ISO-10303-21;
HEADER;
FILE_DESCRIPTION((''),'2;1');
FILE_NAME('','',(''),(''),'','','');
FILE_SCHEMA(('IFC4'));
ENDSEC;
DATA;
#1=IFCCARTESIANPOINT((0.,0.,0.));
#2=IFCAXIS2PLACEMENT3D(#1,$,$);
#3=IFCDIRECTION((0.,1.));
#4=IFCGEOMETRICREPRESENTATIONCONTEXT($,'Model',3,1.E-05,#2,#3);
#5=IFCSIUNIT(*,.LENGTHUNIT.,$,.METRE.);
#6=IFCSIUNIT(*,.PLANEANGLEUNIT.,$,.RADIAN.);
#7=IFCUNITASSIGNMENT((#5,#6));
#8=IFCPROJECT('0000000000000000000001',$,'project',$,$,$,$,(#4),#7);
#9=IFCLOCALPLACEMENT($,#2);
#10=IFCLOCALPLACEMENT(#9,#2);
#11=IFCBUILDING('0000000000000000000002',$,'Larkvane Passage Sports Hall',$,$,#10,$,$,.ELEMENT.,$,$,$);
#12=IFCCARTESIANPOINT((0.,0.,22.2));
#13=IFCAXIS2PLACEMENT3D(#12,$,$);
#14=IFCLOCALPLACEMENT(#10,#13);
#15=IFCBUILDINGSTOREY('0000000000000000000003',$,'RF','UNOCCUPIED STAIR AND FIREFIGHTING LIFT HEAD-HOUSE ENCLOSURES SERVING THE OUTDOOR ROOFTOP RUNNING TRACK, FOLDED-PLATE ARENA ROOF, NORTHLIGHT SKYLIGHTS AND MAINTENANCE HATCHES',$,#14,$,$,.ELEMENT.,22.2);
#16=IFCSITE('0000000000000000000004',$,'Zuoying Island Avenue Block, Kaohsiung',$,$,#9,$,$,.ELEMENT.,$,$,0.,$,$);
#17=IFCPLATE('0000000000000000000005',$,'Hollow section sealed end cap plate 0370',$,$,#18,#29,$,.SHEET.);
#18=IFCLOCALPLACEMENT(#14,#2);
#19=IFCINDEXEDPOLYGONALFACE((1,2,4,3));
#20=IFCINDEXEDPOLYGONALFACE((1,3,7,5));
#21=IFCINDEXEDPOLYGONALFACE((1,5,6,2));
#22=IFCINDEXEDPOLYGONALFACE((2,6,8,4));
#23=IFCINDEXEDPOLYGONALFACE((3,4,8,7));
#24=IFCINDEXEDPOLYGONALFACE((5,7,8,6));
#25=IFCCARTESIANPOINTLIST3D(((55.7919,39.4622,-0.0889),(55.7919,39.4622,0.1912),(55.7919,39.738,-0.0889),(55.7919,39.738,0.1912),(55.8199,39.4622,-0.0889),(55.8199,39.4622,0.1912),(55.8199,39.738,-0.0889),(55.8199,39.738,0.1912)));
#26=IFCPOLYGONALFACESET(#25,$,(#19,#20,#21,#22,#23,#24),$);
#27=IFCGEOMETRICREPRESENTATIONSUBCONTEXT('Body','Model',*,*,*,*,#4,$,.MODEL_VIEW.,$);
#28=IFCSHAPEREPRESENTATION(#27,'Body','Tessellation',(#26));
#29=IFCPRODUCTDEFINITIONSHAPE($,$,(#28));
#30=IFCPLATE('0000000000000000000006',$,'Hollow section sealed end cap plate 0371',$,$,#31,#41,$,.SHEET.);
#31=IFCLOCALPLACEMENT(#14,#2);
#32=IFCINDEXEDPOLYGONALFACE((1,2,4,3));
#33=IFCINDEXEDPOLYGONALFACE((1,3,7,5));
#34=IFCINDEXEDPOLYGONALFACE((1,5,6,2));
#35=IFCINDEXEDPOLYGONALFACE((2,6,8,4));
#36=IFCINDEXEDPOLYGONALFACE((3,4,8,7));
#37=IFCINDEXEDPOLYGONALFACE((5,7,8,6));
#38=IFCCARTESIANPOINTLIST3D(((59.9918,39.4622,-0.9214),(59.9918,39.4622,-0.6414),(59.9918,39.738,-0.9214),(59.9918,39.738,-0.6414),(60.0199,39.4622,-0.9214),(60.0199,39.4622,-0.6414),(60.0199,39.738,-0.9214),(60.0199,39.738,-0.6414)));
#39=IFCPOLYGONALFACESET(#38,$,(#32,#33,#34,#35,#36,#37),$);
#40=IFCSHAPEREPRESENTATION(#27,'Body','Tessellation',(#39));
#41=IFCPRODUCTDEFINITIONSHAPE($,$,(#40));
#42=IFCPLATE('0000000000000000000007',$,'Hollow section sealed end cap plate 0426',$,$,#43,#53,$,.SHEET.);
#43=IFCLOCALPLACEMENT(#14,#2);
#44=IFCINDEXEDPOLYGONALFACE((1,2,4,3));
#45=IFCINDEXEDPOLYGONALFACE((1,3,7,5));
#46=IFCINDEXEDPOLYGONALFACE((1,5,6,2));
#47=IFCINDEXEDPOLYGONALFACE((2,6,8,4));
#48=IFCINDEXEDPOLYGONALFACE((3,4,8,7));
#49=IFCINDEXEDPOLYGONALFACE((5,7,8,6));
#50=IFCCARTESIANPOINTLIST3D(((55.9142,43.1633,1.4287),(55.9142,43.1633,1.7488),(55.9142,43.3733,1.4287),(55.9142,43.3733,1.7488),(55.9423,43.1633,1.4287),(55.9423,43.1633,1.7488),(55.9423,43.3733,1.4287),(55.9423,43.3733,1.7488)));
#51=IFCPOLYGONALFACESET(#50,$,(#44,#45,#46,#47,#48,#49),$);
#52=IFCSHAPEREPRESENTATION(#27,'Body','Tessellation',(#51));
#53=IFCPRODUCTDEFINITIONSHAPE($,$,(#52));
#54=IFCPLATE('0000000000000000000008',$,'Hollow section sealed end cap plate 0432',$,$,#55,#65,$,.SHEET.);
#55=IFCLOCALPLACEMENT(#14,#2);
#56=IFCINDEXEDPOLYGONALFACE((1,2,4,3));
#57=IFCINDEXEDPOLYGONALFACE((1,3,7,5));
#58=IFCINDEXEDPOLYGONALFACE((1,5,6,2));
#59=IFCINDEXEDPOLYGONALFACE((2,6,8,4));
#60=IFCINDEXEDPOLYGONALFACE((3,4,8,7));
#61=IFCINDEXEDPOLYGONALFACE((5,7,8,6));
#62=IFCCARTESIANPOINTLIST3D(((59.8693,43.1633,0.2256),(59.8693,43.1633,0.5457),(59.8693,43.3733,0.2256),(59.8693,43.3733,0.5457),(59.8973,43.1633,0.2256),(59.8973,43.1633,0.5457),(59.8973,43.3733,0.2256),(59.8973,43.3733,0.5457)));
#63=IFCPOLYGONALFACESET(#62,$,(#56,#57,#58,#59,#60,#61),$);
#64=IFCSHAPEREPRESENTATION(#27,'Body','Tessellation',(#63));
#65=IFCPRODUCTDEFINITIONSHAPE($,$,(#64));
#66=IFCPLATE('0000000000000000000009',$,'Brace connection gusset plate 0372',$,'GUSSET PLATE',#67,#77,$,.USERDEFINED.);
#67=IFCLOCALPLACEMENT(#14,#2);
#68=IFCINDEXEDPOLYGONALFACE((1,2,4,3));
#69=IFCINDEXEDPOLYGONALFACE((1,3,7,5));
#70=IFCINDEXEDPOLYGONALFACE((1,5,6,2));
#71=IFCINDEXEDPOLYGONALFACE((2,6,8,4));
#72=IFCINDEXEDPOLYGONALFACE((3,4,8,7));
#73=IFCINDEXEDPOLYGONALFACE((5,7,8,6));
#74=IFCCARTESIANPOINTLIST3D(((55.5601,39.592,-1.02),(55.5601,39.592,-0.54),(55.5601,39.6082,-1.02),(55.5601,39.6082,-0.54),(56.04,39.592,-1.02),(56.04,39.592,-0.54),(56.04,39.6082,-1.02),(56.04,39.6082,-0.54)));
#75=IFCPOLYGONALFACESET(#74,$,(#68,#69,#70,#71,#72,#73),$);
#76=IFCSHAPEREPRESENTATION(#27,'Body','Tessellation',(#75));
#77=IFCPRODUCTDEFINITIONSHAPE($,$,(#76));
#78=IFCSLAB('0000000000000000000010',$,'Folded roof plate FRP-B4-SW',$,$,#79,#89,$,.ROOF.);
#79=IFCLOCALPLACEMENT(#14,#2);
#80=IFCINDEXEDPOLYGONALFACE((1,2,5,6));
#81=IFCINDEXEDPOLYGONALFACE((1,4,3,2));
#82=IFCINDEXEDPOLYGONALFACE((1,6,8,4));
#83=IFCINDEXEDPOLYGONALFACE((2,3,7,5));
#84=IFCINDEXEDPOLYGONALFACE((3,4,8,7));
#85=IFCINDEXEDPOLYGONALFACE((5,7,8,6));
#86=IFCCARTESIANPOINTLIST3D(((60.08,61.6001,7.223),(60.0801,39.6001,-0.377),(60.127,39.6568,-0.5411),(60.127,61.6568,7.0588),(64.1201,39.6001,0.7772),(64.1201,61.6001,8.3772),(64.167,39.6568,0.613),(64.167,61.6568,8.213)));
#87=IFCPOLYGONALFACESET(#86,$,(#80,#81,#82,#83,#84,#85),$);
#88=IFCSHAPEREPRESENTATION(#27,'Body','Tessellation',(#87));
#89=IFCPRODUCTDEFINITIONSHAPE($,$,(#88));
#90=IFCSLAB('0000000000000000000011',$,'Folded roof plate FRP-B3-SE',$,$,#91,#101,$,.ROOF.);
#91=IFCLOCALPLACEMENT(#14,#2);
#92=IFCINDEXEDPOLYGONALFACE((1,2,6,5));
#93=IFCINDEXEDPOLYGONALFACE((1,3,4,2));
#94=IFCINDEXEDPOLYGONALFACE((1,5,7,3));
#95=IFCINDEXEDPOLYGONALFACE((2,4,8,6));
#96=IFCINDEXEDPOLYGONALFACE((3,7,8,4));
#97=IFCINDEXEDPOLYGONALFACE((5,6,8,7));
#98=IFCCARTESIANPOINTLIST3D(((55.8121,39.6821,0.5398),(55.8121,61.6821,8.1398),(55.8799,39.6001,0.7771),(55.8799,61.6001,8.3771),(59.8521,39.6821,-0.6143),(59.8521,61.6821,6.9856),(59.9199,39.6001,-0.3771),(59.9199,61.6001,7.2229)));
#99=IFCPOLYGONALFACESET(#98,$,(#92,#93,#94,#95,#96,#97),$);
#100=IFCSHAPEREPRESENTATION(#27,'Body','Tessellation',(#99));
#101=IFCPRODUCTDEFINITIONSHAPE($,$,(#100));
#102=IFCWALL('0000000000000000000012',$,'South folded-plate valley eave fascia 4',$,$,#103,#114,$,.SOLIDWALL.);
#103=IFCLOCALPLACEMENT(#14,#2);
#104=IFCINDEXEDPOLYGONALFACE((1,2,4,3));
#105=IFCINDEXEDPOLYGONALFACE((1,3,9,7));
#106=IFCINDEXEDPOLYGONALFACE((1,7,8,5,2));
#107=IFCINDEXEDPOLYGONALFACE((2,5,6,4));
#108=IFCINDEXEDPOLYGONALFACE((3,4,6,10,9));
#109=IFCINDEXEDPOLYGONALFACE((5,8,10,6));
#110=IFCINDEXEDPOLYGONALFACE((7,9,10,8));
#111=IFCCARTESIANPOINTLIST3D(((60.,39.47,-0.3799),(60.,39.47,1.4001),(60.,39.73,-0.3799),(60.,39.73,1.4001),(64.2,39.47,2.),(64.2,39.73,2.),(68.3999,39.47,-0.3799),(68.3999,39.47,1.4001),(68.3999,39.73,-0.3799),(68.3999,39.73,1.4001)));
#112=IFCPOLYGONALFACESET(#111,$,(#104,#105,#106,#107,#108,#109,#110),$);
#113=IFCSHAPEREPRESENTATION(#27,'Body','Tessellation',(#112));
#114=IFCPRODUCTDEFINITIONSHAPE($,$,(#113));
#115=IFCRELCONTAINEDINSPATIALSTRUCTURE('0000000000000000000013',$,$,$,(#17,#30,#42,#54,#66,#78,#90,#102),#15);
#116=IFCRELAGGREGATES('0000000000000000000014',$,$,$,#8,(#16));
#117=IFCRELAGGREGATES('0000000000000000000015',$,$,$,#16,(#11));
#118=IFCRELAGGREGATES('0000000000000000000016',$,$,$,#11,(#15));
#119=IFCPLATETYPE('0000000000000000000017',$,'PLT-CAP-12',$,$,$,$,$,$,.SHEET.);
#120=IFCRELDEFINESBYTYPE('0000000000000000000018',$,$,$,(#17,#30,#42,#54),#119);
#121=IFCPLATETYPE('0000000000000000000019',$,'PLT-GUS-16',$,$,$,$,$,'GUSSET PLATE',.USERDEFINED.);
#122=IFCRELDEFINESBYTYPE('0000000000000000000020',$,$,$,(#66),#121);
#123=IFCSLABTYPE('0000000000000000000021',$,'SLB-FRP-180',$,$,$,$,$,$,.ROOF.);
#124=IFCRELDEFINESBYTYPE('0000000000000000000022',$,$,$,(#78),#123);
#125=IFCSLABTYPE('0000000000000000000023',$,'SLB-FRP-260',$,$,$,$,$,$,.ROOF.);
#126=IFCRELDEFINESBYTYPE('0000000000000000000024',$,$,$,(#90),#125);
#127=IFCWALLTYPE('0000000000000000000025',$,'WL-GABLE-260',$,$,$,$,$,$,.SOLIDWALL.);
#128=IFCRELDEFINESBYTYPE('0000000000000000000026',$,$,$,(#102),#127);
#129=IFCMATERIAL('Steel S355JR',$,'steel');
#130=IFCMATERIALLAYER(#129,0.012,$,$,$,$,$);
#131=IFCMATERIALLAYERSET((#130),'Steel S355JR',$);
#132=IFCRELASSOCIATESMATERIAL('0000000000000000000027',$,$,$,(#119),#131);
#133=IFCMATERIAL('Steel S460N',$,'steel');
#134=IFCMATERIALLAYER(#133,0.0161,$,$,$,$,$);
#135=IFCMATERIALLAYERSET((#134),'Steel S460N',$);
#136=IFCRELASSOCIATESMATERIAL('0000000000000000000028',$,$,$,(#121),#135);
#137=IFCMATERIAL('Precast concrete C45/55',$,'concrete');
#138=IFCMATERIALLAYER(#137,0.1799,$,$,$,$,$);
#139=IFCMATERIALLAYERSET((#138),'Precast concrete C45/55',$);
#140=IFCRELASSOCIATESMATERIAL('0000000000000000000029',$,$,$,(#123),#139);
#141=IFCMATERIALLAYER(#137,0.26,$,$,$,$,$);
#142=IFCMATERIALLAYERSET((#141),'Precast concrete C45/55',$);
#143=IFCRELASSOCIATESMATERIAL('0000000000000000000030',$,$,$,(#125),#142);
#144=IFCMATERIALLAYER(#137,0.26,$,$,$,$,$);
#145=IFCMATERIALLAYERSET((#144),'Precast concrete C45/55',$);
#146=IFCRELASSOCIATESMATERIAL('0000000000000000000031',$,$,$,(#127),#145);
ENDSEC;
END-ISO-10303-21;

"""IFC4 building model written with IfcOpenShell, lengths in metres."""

from ifc_helpers import new_model, si_unit, direction, frame, origin, origin_2d, place, context, subcontext, project, spatial, polyline, rectangle, outline, extrude, material, layer, layer_set, type_object, element, save


model = new_model("IFC4")

# Units and contexts
model_context = context("Model", 3, precision=1e-05, world=origin(), true_north=direction((0.0, 1.0)))
body_context = subcontext(model_context, "Body", "Model", "MODEL_VIEW")
ifc_project = project(units=[si_unit("LENGTHUNIT", "METRE"), si_unit("PLANEANGLEUNIT", "RADIAN")], contexts=[model_context])

# Site, building, storey
site_placement = place(None, origin())
site = spatial("IfcSite", under=ifc_project, at=site_placement, Name="Zuoying Island Avenue Block, Kaohsiung", CompositionType="ELEMENT", RefElevation=0.0)
building_placement = place(site_placement, origin())
building = spatial("IfcBuilding", under=site, at=building_placement, Name="Larkvane Passage Sports Hall", CompositionType="ELEMENT")
storey_placement = place(building_placement, frame((0.0, 0.0, 22.2)))
storey = spatial("IfcBuildingStorey", under=building, at=storey_placement, Name="RF", Description="UNOCCUPIED STAIR AND FIREFIGHTING LIFT HEAD-HOUSE ENCLOSURES SERVING THE OUTDOOR ROOFTOP RUNNING TRACK, FOLDED-PLATE ARENA ROOF, NORTHLIGHT SKYLIGHTS AND MAINTENANCE HATCHES", CompositionType="ELEMENT", Elevation=22.2)

# Shared definitions
ifc_material_1 = material(Name="Steel S355JR", Category="steel")
ifc_material_2 = material(Name="Steel S460N", Category="steel")

# Plates
ifc_layer_1 = layer(ifc_material_1, 0.012)
ifc_layer_set_1 = layer_set([ifc_layer_1], Name="Steel S355JR")
plate_type_1 = type_object("IfcPlateType", Name="PLT-CAP-12", PredefinedType="SHEET", material=ifc_layer_set_1)
for number, where, z_axis, x_axis, name in (
    (1, (55.8059, 39.6001, -0.0889), (0.0, 0.0, 1.0), (0.0, 1.0, 0.0), "Hollow section sealed end cap plate 0370"),
    (2, (60.0059, 39.6001, -0.9214), (0.0, 0.0, 1.0), (0.0, 1.0, 0.0), "Hollow section sealed end cap plate 0371"),
):
    element("IfcPlate", number, at=place(storey_placement, frame(where, z_axis=z_axis, x_axis=x_axis)), inside=storey, type_object=plate_type_1, Name=name, PredefinedType="SHEET", context=body_context, shape_type="SweptSolid", body=[
        extrude(rectangle(XDim=0.2759, YDim=0.0281, at=origin_2d()), origin(), (0.0, 0.0, 1.0), 0.28),
    ])
for number, where, z_axis, x_axis, name in (
    (3, (55.9282, 43.2683, 1.4287), (0.0, 0.0, 1.0), (0.0, 1.0, 0.0), "Hollow section sealed end cap plate 0426"),
    (4, (59.8833, 43.2683, 0.2256), (0.0, 0.0, 1.0), (0.0, 1.0, 0.0), "Hollow section sealed end cap plate 0432"),
):
    element("IfcPlate", number, at=place(storey_placement, frame(where, z_axis=z_axis, x_axis=x_axis)), inside=storey, type_object=plate_type_1, Name=name, PredefinedType="SHEET", context=body_context, shape_type="SweptSolid", body=[
        extrude(rectangle(XDim=0.21, YDim=0.0281, at=origin_2d()), origin(), (0.0, 0.0, 1.0), 0.3201),
    ])
ifc_layer_2 = layer(ifc_material_2, 0.0161)
ifc_layer_set_2 = layer_set([ifc_layer_2], Name="Steel S460N")
plate_type_2 = type_object("IfcPlateType", Name="PLT-GUS-16", ElementType="GUSSET PLATE", PredefinedType="USERDEFINED", material=ifc_layer_set_2)
plate_1_placement = place(storey_placement, frame((55.8, 39.6001, -1.02), z_axis=(0.0, 0.0, 1.0), x_axis=(1.0, 0.0, 0.0)))
element("IfcPlate", 5, at=plate_1_placement, inside=storey, type_object=plate_type_2, Name="Brace connection gusset plate 0372", ObjectType="GUSSET PLATE", PredefinedType="USERDEFINED", context=body_context, shape_type="SweptSolid", body=[
    extrude(rectangle(XDim=0.48, YDim=0.0161, at=origin_2d()), origin(), (0.0, 0.0, 1.0), 0.48),
])

# Slabs
ifc_material_3 = material(Name="Precast concrete C45/55", Category="concrete")
ifc_layer_3 = layer(ifc_material_3, 0.1799)
ifc_layer_set_3 = layer_set([ifc_layer_3], Name="Precast concrete C45/55")
slab_type_1 = type_object("IfcSlabType", Name="SLB-FRP-180", PredefinedType="ROOF", material=ifc_layer_set_3)
slab_1_placement = place(storey_placement, frame((60.0801, 39.6001, -0.377), z_axis=(-0.260689, -0.315229, 0.912508), x_axis=(0.961532, -0.000008, 0.274692)))
element("IfcSlab", 6, at=slab_1_placement, inside=storey, type_object=slab_type_1, Name="Folded roof plate FRP-B4-SW", PredefinedType="ROOF", context=body_context, shape_type="SweptSolid", body=[
    extrude(outline(polyline([(0.0, 0.0), (4.2016, 0.0), (6.2891, 23.182), (2.0874, 23.1819), (0.0, 0.0)])), origin(), (0.0, 0.0, -1.0), 0.1799),
])
ifc_layer_4 = layer(ifc_material_3, 0.26)
ifc_layer_set_4 = layer_set([ifc_layer_4], Name="Precast concrete C45/55")
slab_type_2 = type_object("IfcSlabType", Name="SLB-FRP-260", PredefinedType="ROOF", material=ifc_layer_set_4)
slab_2_placement = place(storey_placement, frame((55.8799, 39.6001, 0.7771), z_axis=(0.260689, -0.315229, 0.912508), x_axis=(0.961532, 0.000008, -0.274692)))
element("IfcSlab", 7, at=slab_2_placement, inside=storey, type_object=slab_type_2, Name="Folded roof plate FRP-B3-SE", PredefinedType="ROOF", context=body_context, shape_type="SweptSolid", body=[
    extrude(outline(polyline([(0.0, 0.0), (4.2016, 0.0), (2.1142, 23.1819), (-2.0875, 23.182), (0.0, 0.0)])), origin(), (0.0, 0.0, -1.0), 0.26),
])

# Wall
ifc_layer_5 = layer(ifc_material_3, 0.26)
ifc_layer_set_5 = layer_set([ifc_layer_5], Name="Precast concrete C45/55")
wall_type = type_object("IfcWallType", Name="WL-GABLE-260", PredefinedType="SOLIDWALL", material=ifc_layer_set_5)
wall_placement = place(storey_placement, frame((60.0, 39.6001, -0.3799), z_axis=(0.0, 0.0, 1.0), x_axis=(1.0, 0.0, 0.0)))
element("IfcWall", 8, at=wall_placement, inside=storey, type_object=wall_type, Name="South folded-plate valley eave fascia 4", PredefinedType="SOLIDWALL", context=body_context, shape_type="SweptSolid", body=[
    extrude(outline(polyline([(0.0, 0.0), (8.3999, 0.0), (8.3999, 1.78), (4.2, 2.3799), (0.0, 1.78), (0.0, 0.0)])), frame((0.0, 0.1299, 0.0), z_axis=(0.0, -1.0, 0.0), x_axis=(1.0, 0.0, 0.0)), (0.0, 0.0, 1.0), 0.26),
])

save(model, "model.ifc")
